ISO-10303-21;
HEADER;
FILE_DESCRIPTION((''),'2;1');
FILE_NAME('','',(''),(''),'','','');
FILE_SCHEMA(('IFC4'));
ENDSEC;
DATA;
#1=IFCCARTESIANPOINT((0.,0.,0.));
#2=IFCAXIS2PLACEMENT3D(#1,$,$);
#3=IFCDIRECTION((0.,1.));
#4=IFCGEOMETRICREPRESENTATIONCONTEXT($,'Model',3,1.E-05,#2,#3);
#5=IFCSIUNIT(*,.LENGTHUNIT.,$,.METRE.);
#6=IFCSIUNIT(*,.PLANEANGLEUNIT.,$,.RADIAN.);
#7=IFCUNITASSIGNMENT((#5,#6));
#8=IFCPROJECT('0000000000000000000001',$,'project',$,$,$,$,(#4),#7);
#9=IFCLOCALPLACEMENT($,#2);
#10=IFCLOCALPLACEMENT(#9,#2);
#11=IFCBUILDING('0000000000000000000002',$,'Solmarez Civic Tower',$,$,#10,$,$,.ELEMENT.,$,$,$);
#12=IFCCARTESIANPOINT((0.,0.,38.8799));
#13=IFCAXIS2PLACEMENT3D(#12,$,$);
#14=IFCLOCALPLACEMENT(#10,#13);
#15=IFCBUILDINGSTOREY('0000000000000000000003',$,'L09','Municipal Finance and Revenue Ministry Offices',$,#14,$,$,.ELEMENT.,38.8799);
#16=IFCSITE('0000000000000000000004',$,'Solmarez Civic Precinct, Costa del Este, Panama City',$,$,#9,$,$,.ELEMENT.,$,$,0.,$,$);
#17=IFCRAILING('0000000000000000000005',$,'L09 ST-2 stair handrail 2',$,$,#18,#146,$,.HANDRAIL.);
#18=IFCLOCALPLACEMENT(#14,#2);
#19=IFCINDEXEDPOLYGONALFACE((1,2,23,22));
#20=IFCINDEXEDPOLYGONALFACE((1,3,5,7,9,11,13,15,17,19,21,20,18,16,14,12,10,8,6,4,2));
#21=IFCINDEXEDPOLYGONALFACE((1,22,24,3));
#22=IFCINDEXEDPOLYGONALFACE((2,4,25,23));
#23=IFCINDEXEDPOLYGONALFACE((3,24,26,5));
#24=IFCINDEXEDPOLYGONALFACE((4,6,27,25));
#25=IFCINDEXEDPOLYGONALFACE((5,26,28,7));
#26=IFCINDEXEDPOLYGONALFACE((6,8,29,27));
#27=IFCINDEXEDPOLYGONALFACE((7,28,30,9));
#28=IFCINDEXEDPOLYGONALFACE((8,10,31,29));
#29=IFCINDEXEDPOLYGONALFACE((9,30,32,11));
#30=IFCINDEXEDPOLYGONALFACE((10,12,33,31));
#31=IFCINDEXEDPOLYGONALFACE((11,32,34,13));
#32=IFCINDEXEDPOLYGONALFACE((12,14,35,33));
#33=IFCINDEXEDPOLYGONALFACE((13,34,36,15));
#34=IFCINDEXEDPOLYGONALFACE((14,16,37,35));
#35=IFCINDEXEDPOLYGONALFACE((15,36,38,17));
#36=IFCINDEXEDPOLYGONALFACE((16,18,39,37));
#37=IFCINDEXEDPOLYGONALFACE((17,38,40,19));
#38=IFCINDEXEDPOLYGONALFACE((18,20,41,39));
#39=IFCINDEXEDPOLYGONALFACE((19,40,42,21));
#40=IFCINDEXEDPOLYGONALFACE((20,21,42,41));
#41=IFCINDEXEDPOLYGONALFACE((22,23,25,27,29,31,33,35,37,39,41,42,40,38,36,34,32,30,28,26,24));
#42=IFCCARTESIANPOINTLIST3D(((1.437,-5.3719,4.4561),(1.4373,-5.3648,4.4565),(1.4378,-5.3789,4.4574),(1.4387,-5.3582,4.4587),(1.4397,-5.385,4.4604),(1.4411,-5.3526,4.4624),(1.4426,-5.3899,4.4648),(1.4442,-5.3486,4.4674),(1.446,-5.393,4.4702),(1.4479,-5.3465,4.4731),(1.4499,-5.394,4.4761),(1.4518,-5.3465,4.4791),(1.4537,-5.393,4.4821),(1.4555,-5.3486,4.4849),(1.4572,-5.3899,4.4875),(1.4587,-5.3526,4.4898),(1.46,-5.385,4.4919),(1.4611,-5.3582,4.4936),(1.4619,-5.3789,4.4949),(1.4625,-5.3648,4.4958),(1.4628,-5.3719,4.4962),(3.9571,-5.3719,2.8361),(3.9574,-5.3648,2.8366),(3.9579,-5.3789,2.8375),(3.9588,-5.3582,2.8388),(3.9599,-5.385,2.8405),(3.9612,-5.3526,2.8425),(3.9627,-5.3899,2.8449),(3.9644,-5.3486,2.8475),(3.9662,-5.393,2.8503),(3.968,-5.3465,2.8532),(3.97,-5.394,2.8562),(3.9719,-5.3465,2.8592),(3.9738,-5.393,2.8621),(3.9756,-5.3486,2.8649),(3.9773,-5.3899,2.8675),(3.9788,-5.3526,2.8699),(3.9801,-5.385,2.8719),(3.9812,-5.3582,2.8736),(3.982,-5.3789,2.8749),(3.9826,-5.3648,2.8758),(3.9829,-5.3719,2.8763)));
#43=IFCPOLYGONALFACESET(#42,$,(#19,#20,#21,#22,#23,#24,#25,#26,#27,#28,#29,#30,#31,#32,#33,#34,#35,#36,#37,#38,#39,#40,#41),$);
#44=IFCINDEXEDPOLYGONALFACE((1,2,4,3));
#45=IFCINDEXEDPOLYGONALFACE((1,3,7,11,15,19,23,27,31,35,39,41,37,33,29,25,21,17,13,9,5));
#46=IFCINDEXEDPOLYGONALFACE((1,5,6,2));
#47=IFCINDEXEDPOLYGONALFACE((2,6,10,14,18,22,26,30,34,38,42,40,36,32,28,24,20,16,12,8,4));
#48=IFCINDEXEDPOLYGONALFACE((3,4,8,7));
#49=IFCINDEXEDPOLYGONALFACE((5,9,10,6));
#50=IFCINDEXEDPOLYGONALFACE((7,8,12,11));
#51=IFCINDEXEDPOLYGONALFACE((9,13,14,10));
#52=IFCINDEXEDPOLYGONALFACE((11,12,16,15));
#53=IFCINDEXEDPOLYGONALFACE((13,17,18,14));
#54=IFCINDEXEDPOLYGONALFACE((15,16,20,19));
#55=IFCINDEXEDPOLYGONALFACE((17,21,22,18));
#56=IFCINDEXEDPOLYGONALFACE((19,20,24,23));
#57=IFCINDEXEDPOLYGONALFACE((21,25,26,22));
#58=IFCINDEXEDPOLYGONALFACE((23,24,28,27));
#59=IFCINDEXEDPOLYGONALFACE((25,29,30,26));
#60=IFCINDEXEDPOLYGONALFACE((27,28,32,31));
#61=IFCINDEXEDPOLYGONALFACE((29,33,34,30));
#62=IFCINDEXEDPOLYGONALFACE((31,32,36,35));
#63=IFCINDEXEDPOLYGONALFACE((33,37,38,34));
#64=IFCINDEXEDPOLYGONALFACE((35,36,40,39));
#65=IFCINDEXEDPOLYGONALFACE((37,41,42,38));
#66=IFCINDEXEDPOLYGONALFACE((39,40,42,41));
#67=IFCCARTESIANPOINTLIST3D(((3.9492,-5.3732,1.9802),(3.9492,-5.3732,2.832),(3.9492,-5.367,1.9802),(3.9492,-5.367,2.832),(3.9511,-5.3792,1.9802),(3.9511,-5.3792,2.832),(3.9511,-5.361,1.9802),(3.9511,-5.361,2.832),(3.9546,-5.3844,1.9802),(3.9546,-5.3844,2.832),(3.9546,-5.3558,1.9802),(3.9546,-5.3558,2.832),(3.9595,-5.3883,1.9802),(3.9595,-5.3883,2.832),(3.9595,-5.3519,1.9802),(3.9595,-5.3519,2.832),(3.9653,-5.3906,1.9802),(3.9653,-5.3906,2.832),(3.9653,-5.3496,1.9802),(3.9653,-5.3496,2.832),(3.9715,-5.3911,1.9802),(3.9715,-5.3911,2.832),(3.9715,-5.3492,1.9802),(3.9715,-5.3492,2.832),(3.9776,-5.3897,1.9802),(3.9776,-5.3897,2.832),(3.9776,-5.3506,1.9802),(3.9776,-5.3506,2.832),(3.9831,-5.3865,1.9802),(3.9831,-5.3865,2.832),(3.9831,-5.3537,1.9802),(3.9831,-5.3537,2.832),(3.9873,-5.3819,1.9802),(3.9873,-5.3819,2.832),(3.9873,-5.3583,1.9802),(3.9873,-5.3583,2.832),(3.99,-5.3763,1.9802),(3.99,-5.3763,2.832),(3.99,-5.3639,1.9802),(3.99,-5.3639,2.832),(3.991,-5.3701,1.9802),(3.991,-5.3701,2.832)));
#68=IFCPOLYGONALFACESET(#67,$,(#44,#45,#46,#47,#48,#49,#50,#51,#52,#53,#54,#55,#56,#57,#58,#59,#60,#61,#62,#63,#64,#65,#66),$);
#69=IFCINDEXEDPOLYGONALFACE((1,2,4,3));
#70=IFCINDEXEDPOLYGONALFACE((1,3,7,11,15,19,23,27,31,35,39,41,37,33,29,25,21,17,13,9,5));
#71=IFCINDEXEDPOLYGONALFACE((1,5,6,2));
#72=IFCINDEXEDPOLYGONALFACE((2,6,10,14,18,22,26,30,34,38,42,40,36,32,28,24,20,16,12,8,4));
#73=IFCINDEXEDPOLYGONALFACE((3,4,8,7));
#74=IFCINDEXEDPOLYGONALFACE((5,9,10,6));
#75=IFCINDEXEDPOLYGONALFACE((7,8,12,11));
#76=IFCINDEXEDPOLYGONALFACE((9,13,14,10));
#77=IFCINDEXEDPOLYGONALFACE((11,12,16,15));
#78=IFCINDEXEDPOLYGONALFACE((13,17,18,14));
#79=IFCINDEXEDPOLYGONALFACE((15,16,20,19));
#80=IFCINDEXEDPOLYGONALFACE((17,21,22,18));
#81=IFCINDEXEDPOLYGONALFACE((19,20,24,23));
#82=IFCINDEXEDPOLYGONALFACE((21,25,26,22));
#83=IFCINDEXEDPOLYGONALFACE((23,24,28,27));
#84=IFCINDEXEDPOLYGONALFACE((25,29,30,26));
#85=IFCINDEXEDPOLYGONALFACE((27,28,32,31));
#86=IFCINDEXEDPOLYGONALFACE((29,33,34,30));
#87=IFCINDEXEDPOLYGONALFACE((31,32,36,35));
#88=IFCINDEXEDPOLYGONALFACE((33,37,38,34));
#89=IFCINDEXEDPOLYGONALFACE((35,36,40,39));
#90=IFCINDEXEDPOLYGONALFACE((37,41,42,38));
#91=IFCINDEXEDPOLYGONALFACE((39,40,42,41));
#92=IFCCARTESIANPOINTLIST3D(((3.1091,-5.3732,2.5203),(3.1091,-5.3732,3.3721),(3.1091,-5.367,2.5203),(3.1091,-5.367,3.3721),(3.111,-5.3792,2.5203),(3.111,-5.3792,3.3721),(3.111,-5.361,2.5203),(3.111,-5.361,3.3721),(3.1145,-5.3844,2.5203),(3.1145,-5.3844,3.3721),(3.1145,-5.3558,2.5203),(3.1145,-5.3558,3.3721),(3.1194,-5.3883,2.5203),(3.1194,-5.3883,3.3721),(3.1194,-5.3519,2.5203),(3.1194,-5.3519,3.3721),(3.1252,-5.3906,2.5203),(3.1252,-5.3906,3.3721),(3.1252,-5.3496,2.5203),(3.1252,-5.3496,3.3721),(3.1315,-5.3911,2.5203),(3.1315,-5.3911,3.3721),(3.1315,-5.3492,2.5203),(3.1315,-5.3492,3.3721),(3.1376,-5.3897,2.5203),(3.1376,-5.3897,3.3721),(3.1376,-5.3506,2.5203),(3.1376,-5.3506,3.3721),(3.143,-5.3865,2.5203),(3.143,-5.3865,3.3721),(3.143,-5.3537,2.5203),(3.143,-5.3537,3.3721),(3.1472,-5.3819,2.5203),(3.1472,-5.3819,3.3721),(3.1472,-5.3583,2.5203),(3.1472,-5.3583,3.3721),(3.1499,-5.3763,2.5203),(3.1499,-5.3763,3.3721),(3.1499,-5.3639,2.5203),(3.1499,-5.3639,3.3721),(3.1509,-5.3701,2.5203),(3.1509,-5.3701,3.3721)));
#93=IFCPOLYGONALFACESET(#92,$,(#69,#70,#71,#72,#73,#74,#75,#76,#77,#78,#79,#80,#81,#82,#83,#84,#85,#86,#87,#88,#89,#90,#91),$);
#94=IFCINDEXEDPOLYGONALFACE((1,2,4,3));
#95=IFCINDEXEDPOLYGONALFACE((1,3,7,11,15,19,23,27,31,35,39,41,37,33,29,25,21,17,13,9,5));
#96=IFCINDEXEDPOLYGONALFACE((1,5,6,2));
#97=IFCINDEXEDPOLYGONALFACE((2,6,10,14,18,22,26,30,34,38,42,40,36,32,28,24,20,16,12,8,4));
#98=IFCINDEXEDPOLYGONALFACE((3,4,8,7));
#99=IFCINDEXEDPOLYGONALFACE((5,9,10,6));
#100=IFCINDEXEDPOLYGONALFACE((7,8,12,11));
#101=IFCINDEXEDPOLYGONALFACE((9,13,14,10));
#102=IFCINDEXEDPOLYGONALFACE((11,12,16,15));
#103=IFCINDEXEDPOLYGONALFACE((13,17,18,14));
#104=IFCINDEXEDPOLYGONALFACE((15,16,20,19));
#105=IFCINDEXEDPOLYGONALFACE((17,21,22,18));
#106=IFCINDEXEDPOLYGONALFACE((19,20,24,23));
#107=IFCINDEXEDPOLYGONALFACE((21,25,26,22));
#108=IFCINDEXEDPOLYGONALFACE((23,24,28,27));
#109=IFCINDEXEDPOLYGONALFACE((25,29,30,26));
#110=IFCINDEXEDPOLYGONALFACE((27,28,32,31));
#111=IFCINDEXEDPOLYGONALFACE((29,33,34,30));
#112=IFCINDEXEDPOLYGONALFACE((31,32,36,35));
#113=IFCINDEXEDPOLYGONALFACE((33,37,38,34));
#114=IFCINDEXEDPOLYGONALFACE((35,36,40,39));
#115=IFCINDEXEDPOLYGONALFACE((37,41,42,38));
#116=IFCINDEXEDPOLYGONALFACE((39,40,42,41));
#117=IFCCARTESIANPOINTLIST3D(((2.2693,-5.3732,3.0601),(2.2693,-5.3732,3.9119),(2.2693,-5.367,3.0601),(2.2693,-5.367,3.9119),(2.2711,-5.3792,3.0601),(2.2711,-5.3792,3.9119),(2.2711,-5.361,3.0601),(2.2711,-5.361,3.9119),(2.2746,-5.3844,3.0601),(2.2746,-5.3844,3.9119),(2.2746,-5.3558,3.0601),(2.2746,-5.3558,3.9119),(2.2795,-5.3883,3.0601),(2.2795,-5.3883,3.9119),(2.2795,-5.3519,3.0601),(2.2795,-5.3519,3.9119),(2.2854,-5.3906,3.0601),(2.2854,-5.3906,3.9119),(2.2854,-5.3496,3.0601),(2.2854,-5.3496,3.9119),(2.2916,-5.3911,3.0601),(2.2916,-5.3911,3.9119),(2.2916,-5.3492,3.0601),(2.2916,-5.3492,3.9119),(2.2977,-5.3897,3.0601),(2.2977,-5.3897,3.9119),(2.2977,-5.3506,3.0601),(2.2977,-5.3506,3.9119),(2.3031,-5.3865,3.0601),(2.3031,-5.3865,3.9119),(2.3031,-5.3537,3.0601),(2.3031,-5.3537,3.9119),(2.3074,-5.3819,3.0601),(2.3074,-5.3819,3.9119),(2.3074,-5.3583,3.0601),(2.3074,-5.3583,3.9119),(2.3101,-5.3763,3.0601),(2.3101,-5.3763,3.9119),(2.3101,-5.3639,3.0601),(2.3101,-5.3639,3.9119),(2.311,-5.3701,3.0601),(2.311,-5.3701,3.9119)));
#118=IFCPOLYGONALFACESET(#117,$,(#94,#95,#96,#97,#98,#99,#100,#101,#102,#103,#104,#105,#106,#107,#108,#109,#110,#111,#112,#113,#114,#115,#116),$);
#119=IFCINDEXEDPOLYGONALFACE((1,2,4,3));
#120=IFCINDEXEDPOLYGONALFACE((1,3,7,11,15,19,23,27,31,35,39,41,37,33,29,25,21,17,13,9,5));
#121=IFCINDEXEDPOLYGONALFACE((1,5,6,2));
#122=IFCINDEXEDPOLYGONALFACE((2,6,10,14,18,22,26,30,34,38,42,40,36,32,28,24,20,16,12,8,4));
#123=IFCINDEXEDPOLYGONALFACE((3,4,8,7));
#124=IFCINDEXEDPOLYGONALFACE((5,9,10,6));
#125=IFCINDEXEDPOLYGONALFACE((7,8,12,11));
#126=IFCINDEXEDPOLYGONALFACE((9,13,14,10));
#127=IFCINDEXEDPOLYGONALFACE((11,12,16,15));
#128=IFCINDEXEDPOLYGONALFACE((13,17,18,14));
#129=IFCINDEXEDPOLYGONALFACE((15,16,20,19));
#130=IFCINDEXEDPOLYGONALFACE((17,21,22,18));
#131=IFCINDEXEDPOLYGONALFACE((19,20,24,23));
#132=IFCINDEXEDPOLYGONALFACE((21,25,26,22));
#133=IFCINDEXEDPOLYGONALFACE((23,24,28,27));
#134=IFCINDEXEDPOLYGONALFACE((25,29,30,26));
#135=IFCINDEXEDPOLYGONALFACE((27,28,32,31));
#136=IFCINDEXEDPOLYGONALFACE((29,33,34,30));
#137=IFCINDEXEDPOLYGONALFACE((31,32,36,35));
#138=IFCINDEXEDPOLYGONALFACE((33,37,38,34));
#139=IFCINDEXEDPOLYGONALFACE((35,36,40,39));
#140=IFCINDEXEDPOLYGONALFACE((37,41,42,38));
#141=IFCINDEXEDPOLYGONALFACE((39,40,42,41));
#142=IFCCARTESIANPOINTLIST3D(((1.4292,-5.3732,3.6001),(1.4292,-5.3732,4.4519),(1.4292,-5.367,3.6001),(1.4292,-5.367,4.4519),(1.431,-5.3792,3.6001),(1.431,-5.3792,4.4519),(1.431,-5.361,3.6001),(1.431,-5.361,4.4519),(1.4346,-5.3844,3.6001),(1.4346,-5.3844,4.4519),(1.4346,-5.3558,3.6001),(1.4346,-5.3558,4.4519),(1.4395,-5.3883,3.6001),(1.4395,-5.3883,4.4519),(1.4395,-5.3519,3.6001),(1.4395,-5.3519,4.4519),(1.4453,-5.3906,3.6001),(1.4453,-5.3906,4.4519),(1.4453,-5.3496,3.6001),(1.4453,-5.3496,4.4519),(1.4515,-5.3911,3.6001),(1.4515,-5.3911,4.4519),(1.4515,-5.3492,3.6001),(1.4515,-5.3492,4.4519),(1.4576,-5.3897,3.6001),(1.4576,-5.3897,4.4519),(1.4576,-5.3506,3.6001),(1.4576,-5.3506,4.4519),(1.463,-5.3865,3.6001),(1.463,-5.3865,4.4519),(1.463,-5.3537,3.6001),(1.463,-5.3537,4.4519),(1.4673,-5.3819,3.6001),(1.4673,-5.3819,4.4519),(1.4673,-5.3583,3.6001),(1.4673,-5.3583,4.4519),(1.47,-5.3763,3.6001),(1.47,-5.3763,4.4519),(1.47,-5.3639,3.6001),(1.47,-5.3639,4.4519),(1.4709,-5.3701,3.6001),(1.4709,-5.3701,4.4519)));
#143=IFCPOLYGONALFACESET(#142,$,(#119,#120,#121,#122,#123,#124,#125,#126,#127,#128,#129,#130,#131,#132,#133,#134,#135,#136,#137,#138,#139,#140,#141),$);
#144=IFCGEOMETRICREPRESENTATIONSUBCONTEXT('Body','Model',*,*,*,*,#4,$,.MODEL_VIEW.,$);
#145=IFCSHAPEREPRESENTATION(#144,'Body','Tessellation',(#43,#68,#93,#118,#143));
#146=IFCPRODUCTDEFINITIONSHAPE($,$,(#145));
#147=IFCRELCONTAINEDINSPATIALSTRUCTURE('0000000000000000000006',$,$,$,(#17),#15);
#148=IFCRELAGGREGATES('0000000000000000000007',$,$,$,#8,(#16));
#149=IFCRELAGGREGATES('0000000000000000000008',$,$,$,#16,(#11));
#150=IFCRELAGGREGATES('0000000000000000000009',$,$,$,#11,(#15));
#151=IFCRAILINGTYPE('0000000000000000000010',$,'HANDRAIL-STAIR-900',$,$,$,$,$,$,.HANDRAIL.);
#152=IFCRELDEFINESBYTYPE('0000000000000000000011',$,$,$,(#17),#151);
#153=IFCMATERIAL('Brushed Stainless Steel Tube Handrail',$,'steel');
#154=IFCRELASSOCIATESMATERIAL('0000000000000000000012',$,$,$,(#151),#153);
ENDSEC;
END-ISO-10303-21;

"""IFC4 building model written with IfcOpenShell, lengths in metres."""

from ifc_helpers import new_model, si_unit, direction, frame, origin, origin_2d, place, context, subcontext, project, spatial, circle, extrude, material, type_object, element, save


model = new_model("IFC4")

# Units and contexts
model_context = context("Model", 3, precision=1e-05, world=origin(), true_north=direction((0.0, 1.0)))
body_context = subcontext(model_context, "Body", "Model", "MODEL_VIEW")
ifc_project = project(units=[si_unit("LENGTHUNIT", "METRE"), si_unit("PLANEANGLEUNIT", "RADIAN")], contexts=[model_context])

# Site, building, storey
site_placement = place(None, origin())
site = spatial("IfcSite", under=ifc_project, at=site_placement, Name="Solmarez Civic Precinct, Costa del Este, Panama City", CompositionType="ELEMENT", RefElevation=0.0)
building_placement = place(site_placement, origin())
building = spatial("IfcBuilding", under=site, at=building_placement, Name="Solmarez Civic Tower", CompositionType="ELEMENT")
storey_placement = place(building_placement, frame((0.0, 0.0, 38.8799)))
storey = spatial("IfcBuildingStorey", under=building, at=storey_placement, Name="L09", Description="Municipal Finance and Revenue Ministry Offices", CompositionType="ELEMENT", Elevation=38.8799)

# Railing
ifc_material_1 = material(Name="Brushed Stainless Steel Tube Handrail", Category="steel")
railing_type_1 = type_object("IfcRailingType", Name="HANDRAIL-STAIR-900", PredefinedType="HANDRAIL", material=ifc_material_1)
railing_1_placement = place(storey_placement, frame((3.97, -5.3701, 1.9802)))
element("IfcRailing", 1, at=railing_1_placement, inside=storey, type_object=railing_type_1, Name="L09 ST-2 stair handrail 2", PredefinedType="HANDRAIL", context=body_context, shape_type="SweptSolid", body=[
    extrude(circle(Radius=0.0239, at=origin_2d()), frame((0.0, 0.0, 0.876), z_axis=(-0.8412, 0.0, 0.540725), x_axis=(0.0, -1.0, 0.0)), (0.0, 0.0, 1.0), 2.9958),
    extrude(circle(Radius=0.021, at=origin_2d()), origin(), (0.0, 0.0, 1.0), 0.8518),
    extrude(circle(Radius=0.021, at=origin_2d()), frame((-0.8401, 0.0, 0.54)), (0.0, 0.0, 1.0), 0.8518),
    extrude(circle(Radius=0.021, at=origin_2d()), frame((-1.6799, 0.0, 1.0798)), (0.0, 0.0, 1.0), 0.8518),
    extrude(circle(Radius=0.021, at=origin_2d()), frame((-2.52, 0.0, 1.6199)), (0.0, 0.0, 1.0), 0.8518),
])

save(model, "model.ifc")
